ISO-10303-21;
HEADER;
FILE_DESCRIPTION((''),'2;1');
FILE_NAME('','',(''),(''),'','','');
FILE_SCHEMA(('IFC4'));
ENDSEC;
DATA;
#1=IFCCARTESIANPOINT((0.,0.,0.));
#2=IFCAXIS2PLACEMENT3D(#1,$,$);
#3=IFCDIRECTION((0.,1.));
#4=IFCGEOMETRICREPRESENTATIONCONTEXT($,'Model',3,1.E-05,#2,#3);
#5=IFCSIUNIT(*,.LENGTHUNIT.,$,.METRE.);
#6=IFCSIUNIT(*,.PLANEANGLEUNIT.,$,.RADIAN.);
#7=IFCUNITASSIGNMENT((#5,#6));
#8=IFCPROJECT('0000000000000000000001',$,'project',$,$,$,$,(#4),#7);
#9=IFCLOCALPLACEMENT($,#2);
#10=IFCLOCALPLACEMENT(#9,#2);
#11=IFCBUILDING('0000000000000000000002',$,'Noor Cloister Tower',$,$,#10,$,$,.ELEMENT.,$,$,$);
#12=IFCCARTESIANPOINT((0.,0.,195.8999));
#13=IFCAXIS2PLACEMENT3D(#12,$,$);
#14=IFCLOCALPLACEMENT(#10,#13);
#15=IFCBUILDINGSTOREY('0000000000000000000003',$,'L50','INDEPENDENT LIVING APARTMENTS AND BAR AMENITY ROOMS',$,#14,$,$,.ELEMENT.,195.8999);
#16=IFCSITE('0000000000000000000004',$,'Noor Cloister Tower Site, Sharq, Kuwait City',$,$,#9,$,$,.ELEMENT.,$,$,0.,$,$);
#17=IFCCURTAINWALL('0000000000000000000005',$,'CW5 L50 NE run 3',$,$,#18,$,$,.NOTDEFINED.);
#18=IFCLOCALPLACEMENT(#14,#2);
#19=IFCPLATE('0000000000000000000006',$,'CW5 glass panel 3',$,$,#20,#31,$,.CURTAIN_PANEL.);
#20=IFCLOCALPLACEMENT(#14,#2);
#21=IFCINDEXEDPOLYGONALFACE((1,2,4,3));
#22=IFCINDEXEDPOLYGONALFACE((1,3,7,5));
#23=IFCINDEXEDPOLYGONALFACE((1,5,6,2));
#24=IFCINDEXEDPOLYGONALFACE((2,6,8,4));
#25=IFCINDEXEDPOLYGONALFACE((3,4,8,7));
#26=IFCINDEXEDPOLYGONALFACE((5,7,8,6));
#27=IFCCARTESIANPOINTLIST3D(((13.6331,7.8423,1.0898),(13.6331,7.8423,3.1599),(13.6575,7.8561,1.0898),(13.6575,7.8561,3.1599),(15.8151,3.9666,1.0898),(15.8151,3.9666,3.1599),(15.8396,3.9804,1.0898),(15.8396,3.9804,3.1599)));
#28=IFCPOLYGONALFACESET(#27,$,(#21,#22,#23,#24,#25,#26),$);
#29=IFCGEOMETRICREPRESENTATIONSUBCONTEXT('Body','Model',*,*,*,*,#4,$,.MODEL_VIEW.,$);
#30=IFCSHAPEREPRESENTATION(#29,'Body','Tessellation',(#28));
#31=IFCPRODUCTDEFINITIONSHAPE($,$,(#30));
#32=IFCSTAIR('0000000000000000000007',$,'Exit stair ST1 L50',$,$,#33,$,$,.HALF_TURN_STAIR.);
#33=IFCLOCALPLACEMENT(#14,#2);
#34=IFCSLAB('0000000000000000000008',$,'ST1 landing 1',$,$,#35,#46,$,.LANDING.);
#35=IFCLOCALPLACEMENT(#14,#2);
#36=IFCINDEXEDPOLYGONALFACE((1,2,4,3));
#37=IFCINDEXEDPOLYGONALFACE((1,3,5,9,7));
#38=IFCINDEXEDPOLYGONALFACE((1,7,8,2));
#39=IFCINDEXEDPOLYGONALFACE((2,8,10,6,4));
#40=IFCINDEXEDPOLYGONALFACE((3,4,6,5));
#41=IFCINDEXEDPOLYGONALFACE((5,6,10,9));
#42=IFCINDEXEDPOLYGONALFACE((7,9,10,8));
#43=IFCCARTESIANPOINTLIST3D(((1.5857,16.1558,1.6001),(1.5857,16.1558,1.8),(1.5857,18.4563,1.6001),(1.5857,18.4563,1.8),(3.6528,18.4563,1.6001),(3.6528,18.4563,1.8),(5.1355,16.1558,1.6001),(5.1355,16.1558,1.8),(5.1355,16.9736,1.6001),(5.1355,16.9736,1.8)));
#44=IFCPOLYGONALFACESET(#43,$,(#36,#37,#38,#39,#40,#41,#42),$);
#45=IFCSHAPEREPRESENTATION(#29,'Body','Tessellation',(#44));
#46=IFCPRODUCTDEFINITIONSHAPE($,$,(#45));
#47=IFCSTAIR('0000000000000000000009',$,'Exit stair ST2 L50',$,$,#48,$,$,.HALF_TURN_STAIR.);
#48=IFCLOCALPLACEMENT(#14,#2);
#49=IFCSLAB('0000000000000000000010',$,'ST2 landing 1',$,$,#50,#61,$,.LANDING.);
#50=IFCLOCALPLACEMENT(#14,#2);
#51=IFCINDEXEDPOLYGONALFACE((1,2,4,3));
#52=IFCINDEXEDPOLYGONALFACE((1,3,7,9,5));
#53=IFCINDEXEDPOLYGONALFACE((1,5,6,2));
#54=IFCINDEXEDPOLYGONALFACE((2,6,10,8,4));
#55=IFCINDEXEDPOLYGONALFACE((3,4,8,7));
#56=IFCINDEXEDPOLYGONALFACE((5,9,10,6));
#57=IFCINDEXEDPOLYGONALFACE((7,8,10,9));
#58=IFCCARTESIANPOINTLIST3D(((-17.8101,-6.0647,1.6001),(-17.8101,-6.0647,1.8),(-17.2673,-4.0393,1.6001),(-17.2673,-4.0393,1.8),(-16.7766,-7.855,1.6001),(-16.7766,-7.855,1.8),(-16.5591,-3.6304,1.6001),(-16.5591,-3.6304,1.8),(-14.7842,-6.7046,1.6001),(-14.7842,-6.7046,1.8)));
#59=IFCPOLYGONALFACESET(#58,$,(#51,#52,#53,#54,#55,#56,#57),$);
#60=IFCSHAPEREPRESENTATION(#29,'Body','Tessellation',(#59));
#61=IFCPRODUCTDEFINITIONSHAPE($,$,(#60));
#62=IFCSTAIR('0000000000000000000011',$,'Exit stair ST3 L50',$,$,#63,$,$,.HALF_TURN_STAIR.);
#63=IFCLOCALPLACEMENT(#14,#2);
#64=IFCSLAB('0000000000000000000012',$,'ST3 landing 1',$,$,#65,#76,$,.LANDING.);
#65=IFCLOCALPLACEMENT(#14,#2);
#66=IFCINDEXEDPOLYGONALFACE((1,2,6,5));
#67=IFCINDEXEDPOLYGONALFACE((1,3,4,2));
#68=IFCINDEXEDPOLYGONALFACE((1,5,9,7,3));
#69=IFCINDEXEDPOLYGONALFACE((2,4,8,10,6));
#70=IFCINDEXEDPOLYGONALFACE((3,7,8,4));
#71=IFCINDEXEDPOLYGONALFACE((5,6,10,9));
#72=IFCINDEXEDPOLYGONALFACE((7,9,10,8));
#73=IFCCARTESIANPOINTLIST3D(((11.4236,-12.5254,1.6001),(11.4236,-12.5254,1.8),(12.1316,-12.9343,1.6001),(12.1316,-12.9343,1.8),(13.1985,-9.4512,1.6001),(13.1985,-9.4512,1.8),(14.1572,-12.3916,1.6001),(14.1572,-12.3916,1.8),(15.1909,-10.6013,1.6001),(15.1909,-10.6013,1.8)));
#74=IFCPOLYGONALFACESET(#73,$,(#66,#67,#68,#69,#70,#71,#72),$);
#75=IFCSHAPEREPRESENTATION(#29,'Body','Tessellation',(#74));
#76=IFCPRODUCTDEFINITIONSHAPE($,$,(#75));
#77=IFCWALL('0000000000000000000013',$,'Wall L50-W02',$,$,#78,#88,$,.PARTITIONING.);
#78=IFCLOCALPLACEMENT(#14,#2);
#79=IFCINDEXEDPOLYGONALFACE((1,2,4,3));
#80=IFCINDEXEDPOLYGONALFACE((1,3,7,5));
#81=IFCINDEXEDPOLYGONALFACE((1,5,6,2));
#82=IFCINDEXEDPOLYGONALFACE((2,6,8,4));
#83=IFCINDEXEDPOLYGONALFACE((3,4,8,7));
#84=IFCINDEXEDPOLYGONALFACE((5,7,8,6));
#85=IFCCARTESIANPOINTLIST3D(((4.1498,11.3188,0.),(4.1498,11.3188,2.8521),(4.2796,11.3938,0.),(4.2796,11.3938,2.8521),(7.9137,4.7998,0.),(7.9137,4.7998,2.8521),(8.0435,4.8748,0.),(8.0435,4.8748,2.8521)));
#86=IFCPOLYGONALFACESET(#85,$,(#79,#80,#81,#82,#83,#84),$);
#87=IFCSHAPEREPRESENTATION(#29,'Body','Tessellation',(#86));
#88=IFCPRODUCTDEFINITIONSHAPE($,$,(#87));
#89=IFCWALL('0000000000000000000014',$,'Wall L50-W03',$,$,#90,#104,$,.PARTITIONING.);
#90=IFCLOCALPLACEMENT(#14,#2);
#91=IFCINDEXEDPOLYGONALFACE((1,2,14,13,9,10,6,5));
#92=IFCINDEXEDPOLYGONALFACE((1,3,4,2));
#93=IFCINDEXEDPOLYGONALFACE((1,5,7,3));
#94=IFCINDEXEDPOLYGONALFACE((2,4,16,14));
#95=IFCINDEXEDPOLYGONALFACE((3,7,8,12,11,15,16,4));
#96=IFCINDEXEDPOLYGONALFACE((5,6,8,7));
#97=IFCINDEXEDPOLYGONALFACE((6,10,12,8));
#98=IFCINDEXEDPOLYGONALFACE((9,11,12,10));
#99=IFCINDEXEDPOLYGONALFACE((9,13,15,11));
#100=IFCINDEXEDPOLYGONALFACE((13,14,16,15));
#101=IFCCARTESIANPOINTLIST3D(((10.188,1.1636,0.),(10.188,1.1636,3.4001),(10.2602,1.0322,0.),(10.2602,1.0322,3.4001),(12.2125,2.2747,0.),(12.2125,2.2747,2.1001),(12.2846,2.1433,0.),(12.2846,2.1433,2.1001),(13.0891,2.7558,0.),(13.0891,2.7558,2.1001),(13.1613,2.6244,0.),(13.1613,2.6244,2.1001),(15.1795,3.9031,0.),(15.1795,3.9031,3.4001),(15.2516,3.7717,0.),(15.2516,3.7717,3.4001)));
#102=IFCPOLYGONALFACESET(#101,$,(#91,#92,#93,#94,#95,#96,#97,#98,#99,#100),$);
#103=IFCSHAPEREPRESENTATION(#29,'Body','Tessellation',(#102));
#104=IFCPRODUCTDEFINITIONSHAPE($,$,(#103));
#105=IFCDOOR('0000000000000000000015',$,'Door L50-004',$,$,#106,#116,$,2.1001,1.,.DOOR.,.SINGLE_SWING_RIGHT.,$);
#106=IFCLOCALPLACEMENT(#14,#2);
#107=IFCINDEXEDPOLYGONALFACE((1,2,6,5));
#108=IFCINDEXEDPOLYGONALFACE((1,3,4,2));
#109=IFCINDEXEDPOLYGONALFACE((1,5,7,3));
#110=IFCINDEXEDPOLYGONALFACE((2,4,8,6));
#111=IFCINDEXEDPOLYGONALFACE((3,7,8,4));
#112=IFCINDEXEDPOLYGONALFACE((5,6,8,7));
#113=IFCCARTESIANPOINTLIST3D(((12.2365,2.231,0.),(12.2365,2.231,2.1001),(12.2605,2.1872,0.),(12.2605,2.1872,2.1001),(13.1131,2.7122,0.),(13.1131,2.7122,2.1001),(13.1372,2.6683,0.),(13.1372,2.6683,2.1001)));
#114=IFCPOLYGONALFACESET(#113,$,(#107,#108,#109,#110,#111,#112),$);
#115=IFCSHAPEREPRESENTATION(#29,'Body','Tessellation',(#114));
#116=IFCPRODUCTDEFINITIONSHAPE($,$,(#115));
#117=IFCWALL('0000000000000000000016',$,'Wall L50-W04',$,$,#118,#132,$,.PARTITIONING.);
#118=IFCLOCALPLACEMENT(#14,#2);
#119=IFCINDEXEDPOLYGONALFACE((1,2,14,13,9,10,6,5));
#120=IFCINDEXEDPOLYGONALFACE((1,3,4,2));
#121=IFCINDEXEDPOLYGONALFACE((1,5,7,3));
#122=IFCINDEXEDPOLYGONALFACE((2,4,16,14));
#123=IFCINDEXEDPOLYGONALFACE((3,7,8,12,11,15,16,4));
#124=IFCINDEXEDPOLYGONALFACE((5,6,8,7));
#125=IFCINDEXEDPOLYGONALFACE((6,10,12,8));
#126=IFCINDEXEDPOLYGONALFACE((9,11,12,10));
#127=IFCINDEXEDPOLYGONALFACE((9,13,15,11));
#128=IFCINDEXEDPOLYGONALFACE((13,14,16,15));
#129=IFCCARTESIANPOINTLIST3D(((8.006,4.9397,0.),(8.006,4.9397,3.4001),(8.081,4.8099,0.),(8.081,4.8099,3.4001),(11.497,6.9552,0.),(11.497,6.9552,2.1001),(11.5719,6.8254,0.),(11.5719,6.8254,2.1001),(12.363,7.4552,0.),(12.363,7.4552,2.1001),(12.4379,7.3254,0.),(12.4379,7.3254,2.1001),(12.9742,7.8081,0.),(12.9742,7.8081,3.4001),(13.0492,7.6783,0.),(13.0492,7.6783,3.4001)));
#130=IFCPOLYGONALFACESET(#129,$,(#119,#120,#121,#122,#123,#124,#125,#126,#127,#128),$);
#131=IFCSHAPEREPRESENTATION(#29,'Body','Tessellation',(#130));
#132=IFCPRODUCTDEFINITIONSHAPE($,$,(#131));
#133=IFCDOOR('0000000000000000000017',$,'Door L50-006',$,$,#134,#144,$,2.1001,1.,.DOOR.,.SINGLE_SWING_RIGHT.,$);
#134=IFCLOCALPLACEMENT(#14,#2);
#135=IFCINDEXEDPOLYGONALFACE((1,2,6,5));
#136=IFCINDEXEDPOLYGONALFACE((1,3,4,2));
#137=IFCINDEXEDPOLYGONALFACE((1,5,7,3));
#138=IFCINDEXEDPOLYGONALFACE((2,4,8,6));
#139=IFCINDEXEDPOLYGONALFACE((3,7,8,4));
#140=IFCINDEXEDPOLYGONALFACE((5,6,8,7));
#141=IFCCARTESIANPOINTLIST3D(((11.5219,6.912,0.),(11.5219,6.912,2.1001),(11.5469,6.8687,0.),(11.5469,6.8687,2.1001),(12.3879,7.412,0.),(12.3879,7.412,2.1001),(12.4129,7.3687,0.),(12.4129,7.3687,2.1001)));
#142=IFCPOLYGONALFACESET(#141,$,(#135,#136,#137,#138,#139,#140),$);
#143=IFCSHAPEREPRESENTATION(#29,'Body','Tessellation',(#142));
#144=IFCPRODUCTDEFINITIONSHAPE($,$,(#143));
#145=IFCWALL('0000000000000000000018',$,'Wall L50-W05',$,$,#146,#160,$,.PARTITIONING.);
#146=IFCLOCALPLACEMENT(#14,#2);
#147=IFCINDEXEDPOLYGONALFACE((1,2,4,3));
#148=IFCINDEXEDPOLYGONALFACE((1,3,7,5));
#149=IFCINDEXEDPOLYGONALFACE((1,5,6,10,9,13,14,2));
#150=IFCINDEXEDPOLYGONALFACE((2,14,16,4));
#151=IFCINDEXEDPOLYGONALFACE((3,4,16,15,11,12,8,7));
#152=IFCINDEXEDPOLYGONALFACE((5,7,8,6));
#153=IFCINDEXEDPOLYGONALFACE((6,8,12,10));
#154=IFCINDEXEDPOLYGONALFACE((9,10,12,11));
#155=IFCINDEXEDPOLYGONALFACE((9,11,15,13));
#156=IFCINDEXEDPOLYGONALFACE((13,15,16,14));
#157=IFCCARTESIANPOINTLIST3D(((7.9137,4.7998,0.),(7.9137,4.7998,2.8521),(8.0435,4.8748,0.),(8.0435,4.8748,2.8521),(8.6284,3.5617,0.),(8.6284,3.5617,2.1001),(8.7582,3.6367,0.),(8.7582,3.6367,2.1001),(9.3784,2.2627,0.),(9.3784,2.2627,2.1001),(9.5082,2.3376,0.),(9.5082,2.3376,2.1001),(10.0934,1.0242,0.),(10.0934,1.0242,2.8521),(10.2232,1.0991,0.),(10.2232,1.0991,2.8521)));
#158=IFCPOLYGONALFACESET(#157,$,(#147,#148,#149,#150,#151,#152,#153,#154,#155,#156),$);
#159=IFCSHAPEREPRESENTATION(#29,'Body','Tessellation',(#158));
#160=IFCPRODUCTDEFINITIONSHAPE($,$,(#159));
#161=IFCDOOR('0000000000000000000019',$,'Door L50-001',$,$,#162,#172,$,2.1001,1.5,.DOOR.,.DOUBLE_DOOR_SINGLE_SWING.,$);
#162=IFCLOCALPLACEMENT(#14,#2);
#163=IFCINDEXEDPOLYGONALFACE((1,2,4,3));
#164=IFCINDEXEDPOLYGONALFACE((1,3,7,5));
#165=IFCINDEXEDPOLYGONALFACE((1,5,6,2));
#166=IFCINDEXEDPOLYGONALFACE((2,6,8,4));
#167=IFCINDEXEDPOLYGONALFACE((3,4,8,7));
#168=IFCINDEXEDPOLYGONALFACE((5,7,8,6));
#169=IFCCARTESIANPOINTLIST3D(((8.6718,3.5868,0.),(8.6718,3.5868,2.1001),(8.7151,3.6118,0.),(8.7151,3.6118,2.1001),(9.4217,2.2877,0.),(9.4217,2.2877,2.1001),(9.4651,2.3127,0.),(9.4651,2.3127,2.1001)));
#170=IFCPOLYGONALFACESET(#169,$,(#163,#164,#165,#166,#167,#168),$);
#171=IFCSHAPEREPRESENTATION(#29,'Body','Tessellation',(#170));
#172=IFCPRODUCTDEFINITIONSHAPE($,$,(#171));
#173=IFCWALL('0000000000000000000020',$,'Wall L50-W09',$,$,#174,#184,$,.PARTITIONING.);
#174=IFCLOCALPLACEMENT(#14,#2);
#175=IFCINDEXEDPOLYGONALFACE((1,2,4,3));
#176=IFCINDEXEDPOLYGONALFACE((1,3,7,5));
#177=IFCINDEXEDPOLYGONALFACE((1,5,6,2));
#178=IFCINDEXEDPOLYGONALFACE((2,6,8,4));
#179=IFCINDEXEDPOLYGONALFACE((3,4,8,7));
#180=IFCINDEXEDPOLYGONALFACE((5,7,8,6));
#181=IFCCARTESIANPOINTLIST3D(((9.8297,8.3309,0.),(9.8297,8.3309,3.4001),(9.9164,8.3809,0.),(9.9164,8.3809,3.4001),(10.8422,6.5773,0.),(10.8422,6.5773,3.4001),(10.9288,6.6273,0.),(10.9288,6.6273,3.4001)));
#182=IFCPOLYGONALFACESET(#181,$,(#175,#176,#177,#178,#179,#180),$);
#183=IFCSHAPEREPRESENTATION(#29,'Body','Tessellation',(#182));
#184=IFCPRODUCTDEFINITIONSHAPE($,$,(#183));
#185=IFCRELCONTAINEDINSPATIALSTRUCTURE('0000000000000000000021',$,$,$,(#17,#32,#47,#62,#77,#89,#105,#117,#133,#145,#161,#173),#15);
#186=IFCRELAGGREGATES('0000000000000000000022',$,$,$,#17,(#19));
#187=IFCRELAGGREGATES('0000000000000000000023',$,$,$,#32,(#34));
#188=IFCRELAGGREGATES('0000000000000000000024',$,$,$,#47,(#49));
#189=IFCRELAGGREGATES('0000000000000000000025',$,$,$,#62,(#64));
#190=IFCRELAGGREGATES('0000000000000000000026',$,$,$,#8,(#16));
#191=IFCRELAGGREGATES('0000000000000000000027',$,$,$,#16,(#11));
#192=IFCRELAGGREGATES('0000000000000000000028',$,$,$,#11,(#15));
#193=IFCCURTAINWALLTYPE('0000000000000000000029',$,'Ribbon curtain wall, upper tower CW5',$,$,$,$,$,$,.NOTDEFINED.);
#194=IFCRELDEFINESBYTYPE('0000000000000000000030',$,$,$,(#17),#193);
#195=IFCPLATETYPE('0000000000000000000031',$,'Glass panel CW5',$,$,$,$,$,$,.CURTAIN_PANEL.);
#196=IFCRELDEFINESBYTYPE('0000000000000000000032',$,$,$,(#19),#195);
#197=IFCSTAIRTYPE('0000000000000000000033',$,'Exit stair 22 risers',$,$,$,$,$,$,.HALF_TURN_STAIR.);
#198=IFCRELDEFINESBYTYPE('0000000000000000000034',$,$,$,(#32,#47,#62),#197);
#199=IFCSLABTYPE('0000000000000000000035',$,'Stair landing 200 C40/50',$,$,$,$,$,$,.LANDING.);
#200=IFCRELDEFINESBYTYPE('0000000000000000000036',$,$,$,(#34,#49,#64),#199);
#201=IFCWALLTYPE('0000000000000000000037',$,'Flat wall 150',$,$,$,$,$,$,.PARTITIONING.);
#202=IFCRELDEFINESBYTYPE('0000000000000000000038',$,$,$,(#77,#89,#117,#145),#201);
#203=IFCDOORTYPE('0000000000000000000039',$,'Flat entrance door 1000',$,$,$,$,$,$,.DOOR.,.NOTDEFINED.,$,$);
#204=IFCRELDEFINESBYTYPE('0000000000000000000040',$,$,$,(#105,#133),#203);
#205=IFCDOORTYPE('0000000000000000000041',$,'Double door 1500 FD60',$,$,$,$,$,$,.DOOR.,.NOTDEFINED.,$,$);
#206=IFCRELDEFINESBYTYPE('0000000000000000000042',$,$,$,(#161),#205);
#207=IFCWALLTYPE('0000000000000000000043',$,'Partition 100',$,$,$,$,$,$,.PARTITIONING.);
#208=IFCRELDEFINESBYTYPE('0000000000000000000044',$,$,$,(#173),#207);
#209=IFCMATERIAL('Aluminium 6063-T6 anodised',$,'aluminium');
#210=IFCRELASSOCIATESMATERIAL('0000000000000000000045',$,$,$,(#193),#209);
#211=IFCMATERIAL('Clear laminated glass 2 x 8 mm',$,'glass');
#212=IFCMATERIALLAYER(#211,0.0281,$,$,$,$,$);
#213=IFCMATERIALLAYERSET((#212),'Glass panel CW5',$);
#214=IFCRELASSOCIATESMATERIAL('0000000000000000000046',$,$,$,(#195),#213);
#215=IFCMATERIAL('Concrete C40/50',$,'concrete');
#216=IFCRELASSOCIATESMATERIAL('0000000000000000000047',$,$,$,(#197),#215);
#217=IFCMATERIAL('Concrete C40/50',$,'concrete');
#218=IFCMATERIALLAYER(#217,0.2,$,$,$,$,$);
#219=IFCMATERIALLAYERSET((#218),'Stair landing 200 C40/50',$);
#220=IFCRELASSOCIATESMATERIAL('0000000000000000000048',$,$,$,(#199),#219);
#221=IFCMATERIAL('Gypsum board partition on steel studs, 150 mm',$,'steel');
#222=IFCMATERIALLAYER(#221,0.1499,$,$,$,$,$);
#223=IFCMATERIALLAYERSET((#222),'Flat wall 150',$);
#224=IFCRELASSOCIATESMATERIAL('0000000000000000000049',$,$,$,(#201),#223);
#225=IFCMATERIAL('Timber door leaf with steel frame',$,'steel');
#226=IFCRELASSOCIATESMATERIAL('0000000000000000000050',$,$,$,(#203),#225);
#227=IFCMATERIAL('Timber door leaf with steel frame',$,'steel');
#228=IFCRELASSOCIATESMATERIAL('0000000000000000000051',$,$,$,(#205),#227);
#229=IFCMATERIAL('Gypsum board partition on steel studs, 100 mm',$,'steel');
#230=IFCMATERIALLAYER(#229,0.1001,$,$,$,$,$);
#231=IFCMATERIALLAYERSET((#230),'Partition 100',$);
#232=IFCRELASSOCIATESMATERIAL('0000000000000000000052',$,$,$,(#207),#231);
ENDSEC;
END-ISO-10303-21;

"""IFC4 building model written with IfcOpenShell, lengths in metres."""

from ifc_helpers import new_model, si_unit, direction, frame, frame_2d, origin, origin_2d, place, context, subcontext, project, spatial, polyline, rectangle, outline, extrude, material, layer, layer_set, type_object, element, fill, aggregate, save


model = new_model("IFC4")

# Units and contexts
model_context = context("Model", 3, precision=1e-05, world=origin(), true_north=direction((0.0, 1.0)))
body_context = subcontext(model_context, "Body", "Model", "MODEL_VIEW")
ifc_project = project(units=[si_unit("LENGTHUNIT", "METRE"), si_unit("PLANEANGLEUNIT", "RADIAN")], contexts=[model_context])

# Site, building, storey
site_placement = place(None, origin())
site = spatial("IfcSite", under=ifc_project, at=site_placement, Name="Noor Cloister Tower Site, Sharq, Kuwait City", CompositionType="ELEMENT", RefElevation=0.0)
building_placement = place(site_placement, origin())
building = spatial("IfcBuilding", under=site, at=building_placement, Name="Noor Cloister Tower", CompositionType="ELEMENT")
storey_placement = place(building_placement, frame((0.0, 0.0, 195.8999)))
storey = spatial("IfcBuildingStorey", under=building, at=storey_placement, Name="L50", Description="INDEPENDENT LIVING APARTMENTS AND BAR AMENITY ROOMS", CompositionType="ELEMENT", Elevation=195.8999)

# Curtain wall
ifc_material_1 = material(Name="Aluminium 6063-T6 anodised", Category="aluminium")
curtain_wall_type = type_object("IfcCurtainWallType", Name="Ribbon curtain wall, upper tower CW5", PredefinedType="NOTDEFINED", material=ifc_material_1)
curtain_wall_placement = place(storey_placement, origin())
curtain_wall = element("IfcCurtainWall", 1, at=curtain_wall_placement, inside=storey, type_object=curtain_wall_type, Name="CW5 L50 NE run 3", PredefinedType="NOTDEFINED")

# Plate
ifc_material_2 = material(Name="Clear laminated glass 2 x 8 mm", Category="glass")
ifc_layer_1 = layer(ifc_material_2, 0.0281)
ifc_layer_set_1 = layer_set([ifc_layer_1], Name="Glass panel CW5")
plate_type = type_object("IfcPlateType", Name="Glass panel CW5", PredefinedType="CURTAIN_PANEL", material=ifc_layer_set_1)
plate_1_placement = place(storey_placement, frame((14.7363, 5.9114, 1.0898), z_axis=(0.0, 0.0, 1.0), x_axis=(-0.4906, 0.871385, 0.0)))
plate_1 = element("IfcPlate", 2, at=plate_1_placement, type_object=plate_type, Name="CW5 glass panel 3", PredefinedType="CURTAIN_PANEL", context=body_context, shape_type="SweptSolid", body=[
    extrude(rectangle(XDim=4.4478, YDim=0.0281, at=origin_2d()), origin(), (0.0, 0.0, 1.0), 2.0701),
])
aggregate(curtain_wall, [plate_1])

# Stairs, slabs
ifc_material_3 = material(Name="Concrete C40/50", Category="concrete")
stair_type = type_object("IfcStairType", Name="Exit stair 22 risers", PredefinedType="HALF_TURN_STAIR", material=ifc_material_3)
stair_1_placement = place(storey_placement, origin())
stair_1 = element("IfcStair", 3, at=stair_1_placement, inside=storey, type_object=stair_type, Name="Exit stair ST1 L50", PredefinedType="HALF_TURN_STAIR")
ifc_material_4 = material(Name="Concrete C40/50", Category="concrete")
ifc_layer_2 = layer(ifc_material_4, 0.2)
ifc_layer_set_2 = layer_set([ifc_layer_2], Name="Stair landing 200 C40/50")
slab_type_1 = type_object("IfcSlabType", Name="Stair landing 200 C40/50", PredefinedType="LANDING", material=ifc_layer_set_2)
slab_1_placement = place(storey_placement, frame((0.0, 0.0, 1.6001)))
slab_1 = element("IfcSlab", 4, at=slab_1_placement, type_object=slab_type_1, Name="ST1 landing 1", PredefinedType="LANDING", context=body_context, shape_type="SweptSolid", body=[
    extrude(outline(polyline([(5.1355, 16.1558), (5.1355, 16.9736), (3.6528, 18.4563), (1.5857, 18.4563), (1.5857, 16.1558), (5.1355, 16.1558)])), origin(), (0.0, 0.0, 1.0), 0.2),
])
aggregate(stair_1, [slab_1])
stair_2_placement = place(storey_placement, origin())
stair_2 = element("IfcStair", 5, at=stair_2_placement, inside=storey, type_object=stair_type, Name="Exit stair ST2 L50", PredefinedType="HALF_TURN_STAIR")
slab_2_placement = place(storey_placement, frame((0.0, 0.0, 1.6001)))
slab_2 = element("IfcSlab", 6, at=slab_2_placement, type_object=slab_type_1, Name="ST2 landing 1", PredefinedType="LANDING", context=body_context, shape_type="SweptSolid", body=[
    extrude(outline(polyline([(-16.5591, -3.6304), (-17.2673, -4.0393), (-17.8101, -6.0647), (-16.7766, -7.855), (-14.7842, -6.7046), (-16.5591, -3.6304)])), origin(), (0.0, 0.0, 1.0), 0.2),
])
aggregate(stair_2, [slab_2])
stair_3_placement = place(storey_placement, origin())
stair_3 = element("IfcStair", 7, at=stair_3_placement, inside=storey, type_object=stair_type, Name="Exit stair ST3 L50", PredefinedType="HALF_TURN_STAIR")
slab_3_placement = place(storey_placement, frame((0.0, 0.0, 1.6001)))
slab_3 = element("IfcSlab", 8, at=slab_3_placement, type_object=slab_type_1, Name="ST3 landing 1", PredefinedType="LANDING", context=body_context, shape_type="SweptSolid", body=[
    extrude(outline(polyline([(11.4236, -12.5254), (12.1316, -12.9343), (14.1572, -12.3916), (15.1909, -10.6013), (13.1985, -9.4512), (11.4236, -12.5254)])), origin(), (0.0, 0.0, 1.0), 0.2),
])
aggregate(stair_3, [slab_3])

# Wall
ifc_material_5 = material(Name="Gypsum board partition on steel studs, 150 mm", Category="steel")
ifc_layer_3 = layer(ifc_material_5, 0.1499)
ifc_layer_set_3 = layer_set([ifc_layer_3], Name="Flat wall 150")
wall_type_1 = type_object("IfcWallType", Name="Flat wall 150", PredefinedType="PARTITIONING", material=ifc_layer_set_3)
wall_1_placement = place(storey_placement, frame((7.9785, 4.8374, 0.0), z_axis=(0.0, 0.0, 1.0), x_axis=(-0.500014, 0.866017, 0.0)))
element("IfcWall", 9, at=wall_1_placement, inside=storey, type_object=wall_type_1, Name="Wall L50-W02", PredefinedType="PARTITIONING", context=body_context, shape_type="SweptSolid", body=[
    extrude(rectangle(XDim=7.5276, YDim=0.1499, at=frame_2d((3.7637, 0.0))), origin(), (0.0, 0.0, 1.0), 2.8521),
])

# Walls, openings, doors
wall_2_placement = place(storey_placement, frame((15.2156, 3.8374, 0.0), z_axis=(0.0, 0.0, 1.0), x_axis=(-0.876646, -0.481137, 0.0)))
wall_2 = element("IfcWall", 10, at=wall_2_placement, inside=storey, type_object=wall_type_1, Name="Wall L50-W03", PredefinedType="PARTITIONING", context=body_context, shape_type="SweptSolid", body=[
    extrude(rectangle(XDim=5.6938, YDim=0.1499, at=frame_2d((2.8469, 0.0))), origin(), (0.0, 0.0, 1.0), 3.4001),
])
opening_1_placement = place(wall_2_placement, frame((2.3845, 0.0, 0.0)))
opening_1 = element("IfcOpeningElement", 11, at=opening_1_placement, cuts=wall_2, PredefinedType="OPENING", context=body_context, shape_type="SweptSolid", body=[
    extrude(rectangle(XDim=1.0, YDim=2.1001, at=frame_2d((0.5, 1.05))), frame((0.0, 0.085, 0.0), z_axis=(0.0, -1.0, 0.0), x_axis=(1.0, 0.0, 0.0)), (0.0, 0.0, 1.0), 0.1699),
])
ifc_material_6 = material(Name="Timber door leaf with steel frame", Category="steel")
door_type_1 = type_object("IfcDoorType", Name="Flat entrance door 1000", OperationType="NOTDEFINED", PredefinedType="DOOR", material=ifc_material_6)
door_1_placement = place(opening_1_placement, origin())
door_1 = element("IfcDoor", 12, at=door_1_placement, inside=storey, type_object=door_type_1, Name="Door L50-004", OperationType="SINGLE_SWING_RIGHT", OverallHeight=2.1001, OverallWidth=1.0, PredefinedType="DOOR", context=body_context, shape_type="SweptSolid", body=[
    extrude(rectangle(XDim=1.0, YDim=2.1001, at=frame_2d((0.5, 1.05))), frame((0.0, 0.0249, 0.0), z_axis=(0.0, -1.0, 0.0), x_axis=(1.0, 0.0, 0.0)), (0.0, 0.0, 1.0), 0.05),
])
fill(opening_1, door_1)
wall_3_placement = place(storey_placement, frame((13.0117, 7.7432, 0.0), z_axis=(0.0, 0.0, 1.0), x_axis=(-0.866027, -0.499998, 0.0)))
wall_3 = element("IfcWall", 13, at=wall_3_placement, inside=storey, type_object=wall_type_1, Name="Wall L50-W04", PredefinedType="PARTITIONING", context=body_context, shape_type="SweptSolid", body=[
    extrude(rectangle(XDim=5.7368, YDim=0.1499, at=frame_2d((2.8684, 0.0))), origin(), (0.0, 0.0, 1.0), 3.4001),
])
opening_2_placement = place(wall_3_placement, frame((0.7058, 0.0, 0.0)))
opening_2 = element("IfcOpeningElement", 14, at=opening_2_placement, cuts=wall_3, PredefinedType="OPENING", context=body_context, shape_type="SweptSolid", body=[
    extrude(rectangle(XDim=1.0, YDim=2.1001, at=frame_2d((0.5, 1.05))), frame((0.0, 0.085, 0.0), z_axis=(0.0, -1.0, 0.0), x_axis=(1.0, 0.0, 0.0)), (0.0, 0.0, 1.0), 0.1699),
])
door_2_placement = place(opening_2_placement, origin())
door_2 = element("IfcDoor", 15, at=door_2_placement, inside=storey, type_object=door_type_1, Name="Door L50-006", OperationType="SINGLE_SWING_RIGHT", OverallHeight=2.1001, OverallWidth=1.0, PredefinedType="DOOR", context=body_context, shape_type="SweptSolid", body=[
    extrude(rectangle(XDim=1.0, YDim=2.1001, at=frame_2d((0.5, 1.05))), frame((0.0, 0.0249, 0.0), z_axis=(0.0, -1.0, 0.0), x_axis=(1.0, 0.0, 0.0)), (0.0, 0.0, 1.0), 0.05),
])
fill(opening_2, door_2)
wall_4_placement = place(storey_placement, frame((10.1582, 1.0618, 0.0), z_axis=(0.0, 0.0, 1.0), x_axis=(-0.49997, 0.866043, 0.0)))
wall_4 = element("IfcWall", 16, at=wall_4_placement, inside=storey, type_object=wall_type_1, Name="Wall L50-W05", PredefinedType="PARTITIONING", context=body_context, shape_type="SweptSolid", body=[
    extrude(rectangle(XDim=4.3596, YDim=0.1499, at=frame_2d((2.1797, 0.0))), origin(), (0.0, 0.0, 1.0), 2.8521),
])
opening_3_placement = place(wall_4_placement, frame((1.4299, 0.0, 0.0)))
opening_3 = element("IfcOpeningElement", 17, at=opening_3_placement, cuts=wall_4, PredefinedType="OPENING", context=body_context, shape_type="SweptSolid", body=[
    extrude(rectangle(XDim=1.5, YDim=2.1001, at=frame_2d((0.75, 1.05))), frame((0.0, 0.085, 0.0), z_axis=(0.0, -1.0, 0.0), x_axis=(1.0, 0.0, 0.0)), (0.0, 0.0, 1.0), 0.1699),
])
ifc_material_7 = material(Name="Timber door leaf with steel frame", Category="steel")
door_type_2 = type_object("IfcDoorType", Name="Double door 1500 FD60", OperationType="NOTDEFINED", PredefinedType="DOOR", material=ifc_material_7)
door_3_placement = place(opening_3_placement, origin())
door_3 = element("IfcDoor", 18, at=door_3_placement, inside=storey, type_object=door_type_2, Name="Door L50-001", OperationType="DOUBLE_DOOR_SINGLE_SWING", OverallHeight=2.1001, OverallWidth=1.5, PredefinedType="DOOR", context=body_context, shape_type="SweptSolid", body=[
    extrude(rectangle(XDim=1.5, YDim=2.1001, at=frame_2d((0.75, 1.05))), frame((0.0, 0.0249, 0.0), z_axis=(0.0, -1.0, 0.0), x_axis=(1.0, 0.0, 0.0)), (0.0, 0.0, 1.0), 0.05),
])
fill(opening_3, door_3)

# Wall
ifc_material_8 = material(Name="Gypsum board partition on steel studs, 100 mm", Category="steel")
ifc_layer_4 = layer(ifc_material_8, 0.1001)
ifc_layer_set_4 = layer_set([ifc_layer_4], Name="Partition 100")
wall_type_2 = type_object("IfcWallType", Name="Partition 100", PredefinedType="PARTITIONING", material=ifc_layer_set_4)
wall_5_placement = place(storey_placement, frame((10.8855, 6.6023, 0.0), z_axis=(0.0, 0.0, 1.0), x_axis=(-0.49999, 0.866031, 0.0)))
element("IfcWall", 19, at=wall_5_placement, inside=storey, type_object=wall_type_2, Name="Wall L50-W09", PredefinedType="PARTITIONING", context=body_context, shape_type="SweptSolid", body=[
    extrude(rectangle(XDim=2.0249, YDim=0.1001, at=frame_2d((1.0125, 0.0))), origin(), (0.0, 0.0, 1.0), 3.4001),
])

save(model, "model.ifc")
